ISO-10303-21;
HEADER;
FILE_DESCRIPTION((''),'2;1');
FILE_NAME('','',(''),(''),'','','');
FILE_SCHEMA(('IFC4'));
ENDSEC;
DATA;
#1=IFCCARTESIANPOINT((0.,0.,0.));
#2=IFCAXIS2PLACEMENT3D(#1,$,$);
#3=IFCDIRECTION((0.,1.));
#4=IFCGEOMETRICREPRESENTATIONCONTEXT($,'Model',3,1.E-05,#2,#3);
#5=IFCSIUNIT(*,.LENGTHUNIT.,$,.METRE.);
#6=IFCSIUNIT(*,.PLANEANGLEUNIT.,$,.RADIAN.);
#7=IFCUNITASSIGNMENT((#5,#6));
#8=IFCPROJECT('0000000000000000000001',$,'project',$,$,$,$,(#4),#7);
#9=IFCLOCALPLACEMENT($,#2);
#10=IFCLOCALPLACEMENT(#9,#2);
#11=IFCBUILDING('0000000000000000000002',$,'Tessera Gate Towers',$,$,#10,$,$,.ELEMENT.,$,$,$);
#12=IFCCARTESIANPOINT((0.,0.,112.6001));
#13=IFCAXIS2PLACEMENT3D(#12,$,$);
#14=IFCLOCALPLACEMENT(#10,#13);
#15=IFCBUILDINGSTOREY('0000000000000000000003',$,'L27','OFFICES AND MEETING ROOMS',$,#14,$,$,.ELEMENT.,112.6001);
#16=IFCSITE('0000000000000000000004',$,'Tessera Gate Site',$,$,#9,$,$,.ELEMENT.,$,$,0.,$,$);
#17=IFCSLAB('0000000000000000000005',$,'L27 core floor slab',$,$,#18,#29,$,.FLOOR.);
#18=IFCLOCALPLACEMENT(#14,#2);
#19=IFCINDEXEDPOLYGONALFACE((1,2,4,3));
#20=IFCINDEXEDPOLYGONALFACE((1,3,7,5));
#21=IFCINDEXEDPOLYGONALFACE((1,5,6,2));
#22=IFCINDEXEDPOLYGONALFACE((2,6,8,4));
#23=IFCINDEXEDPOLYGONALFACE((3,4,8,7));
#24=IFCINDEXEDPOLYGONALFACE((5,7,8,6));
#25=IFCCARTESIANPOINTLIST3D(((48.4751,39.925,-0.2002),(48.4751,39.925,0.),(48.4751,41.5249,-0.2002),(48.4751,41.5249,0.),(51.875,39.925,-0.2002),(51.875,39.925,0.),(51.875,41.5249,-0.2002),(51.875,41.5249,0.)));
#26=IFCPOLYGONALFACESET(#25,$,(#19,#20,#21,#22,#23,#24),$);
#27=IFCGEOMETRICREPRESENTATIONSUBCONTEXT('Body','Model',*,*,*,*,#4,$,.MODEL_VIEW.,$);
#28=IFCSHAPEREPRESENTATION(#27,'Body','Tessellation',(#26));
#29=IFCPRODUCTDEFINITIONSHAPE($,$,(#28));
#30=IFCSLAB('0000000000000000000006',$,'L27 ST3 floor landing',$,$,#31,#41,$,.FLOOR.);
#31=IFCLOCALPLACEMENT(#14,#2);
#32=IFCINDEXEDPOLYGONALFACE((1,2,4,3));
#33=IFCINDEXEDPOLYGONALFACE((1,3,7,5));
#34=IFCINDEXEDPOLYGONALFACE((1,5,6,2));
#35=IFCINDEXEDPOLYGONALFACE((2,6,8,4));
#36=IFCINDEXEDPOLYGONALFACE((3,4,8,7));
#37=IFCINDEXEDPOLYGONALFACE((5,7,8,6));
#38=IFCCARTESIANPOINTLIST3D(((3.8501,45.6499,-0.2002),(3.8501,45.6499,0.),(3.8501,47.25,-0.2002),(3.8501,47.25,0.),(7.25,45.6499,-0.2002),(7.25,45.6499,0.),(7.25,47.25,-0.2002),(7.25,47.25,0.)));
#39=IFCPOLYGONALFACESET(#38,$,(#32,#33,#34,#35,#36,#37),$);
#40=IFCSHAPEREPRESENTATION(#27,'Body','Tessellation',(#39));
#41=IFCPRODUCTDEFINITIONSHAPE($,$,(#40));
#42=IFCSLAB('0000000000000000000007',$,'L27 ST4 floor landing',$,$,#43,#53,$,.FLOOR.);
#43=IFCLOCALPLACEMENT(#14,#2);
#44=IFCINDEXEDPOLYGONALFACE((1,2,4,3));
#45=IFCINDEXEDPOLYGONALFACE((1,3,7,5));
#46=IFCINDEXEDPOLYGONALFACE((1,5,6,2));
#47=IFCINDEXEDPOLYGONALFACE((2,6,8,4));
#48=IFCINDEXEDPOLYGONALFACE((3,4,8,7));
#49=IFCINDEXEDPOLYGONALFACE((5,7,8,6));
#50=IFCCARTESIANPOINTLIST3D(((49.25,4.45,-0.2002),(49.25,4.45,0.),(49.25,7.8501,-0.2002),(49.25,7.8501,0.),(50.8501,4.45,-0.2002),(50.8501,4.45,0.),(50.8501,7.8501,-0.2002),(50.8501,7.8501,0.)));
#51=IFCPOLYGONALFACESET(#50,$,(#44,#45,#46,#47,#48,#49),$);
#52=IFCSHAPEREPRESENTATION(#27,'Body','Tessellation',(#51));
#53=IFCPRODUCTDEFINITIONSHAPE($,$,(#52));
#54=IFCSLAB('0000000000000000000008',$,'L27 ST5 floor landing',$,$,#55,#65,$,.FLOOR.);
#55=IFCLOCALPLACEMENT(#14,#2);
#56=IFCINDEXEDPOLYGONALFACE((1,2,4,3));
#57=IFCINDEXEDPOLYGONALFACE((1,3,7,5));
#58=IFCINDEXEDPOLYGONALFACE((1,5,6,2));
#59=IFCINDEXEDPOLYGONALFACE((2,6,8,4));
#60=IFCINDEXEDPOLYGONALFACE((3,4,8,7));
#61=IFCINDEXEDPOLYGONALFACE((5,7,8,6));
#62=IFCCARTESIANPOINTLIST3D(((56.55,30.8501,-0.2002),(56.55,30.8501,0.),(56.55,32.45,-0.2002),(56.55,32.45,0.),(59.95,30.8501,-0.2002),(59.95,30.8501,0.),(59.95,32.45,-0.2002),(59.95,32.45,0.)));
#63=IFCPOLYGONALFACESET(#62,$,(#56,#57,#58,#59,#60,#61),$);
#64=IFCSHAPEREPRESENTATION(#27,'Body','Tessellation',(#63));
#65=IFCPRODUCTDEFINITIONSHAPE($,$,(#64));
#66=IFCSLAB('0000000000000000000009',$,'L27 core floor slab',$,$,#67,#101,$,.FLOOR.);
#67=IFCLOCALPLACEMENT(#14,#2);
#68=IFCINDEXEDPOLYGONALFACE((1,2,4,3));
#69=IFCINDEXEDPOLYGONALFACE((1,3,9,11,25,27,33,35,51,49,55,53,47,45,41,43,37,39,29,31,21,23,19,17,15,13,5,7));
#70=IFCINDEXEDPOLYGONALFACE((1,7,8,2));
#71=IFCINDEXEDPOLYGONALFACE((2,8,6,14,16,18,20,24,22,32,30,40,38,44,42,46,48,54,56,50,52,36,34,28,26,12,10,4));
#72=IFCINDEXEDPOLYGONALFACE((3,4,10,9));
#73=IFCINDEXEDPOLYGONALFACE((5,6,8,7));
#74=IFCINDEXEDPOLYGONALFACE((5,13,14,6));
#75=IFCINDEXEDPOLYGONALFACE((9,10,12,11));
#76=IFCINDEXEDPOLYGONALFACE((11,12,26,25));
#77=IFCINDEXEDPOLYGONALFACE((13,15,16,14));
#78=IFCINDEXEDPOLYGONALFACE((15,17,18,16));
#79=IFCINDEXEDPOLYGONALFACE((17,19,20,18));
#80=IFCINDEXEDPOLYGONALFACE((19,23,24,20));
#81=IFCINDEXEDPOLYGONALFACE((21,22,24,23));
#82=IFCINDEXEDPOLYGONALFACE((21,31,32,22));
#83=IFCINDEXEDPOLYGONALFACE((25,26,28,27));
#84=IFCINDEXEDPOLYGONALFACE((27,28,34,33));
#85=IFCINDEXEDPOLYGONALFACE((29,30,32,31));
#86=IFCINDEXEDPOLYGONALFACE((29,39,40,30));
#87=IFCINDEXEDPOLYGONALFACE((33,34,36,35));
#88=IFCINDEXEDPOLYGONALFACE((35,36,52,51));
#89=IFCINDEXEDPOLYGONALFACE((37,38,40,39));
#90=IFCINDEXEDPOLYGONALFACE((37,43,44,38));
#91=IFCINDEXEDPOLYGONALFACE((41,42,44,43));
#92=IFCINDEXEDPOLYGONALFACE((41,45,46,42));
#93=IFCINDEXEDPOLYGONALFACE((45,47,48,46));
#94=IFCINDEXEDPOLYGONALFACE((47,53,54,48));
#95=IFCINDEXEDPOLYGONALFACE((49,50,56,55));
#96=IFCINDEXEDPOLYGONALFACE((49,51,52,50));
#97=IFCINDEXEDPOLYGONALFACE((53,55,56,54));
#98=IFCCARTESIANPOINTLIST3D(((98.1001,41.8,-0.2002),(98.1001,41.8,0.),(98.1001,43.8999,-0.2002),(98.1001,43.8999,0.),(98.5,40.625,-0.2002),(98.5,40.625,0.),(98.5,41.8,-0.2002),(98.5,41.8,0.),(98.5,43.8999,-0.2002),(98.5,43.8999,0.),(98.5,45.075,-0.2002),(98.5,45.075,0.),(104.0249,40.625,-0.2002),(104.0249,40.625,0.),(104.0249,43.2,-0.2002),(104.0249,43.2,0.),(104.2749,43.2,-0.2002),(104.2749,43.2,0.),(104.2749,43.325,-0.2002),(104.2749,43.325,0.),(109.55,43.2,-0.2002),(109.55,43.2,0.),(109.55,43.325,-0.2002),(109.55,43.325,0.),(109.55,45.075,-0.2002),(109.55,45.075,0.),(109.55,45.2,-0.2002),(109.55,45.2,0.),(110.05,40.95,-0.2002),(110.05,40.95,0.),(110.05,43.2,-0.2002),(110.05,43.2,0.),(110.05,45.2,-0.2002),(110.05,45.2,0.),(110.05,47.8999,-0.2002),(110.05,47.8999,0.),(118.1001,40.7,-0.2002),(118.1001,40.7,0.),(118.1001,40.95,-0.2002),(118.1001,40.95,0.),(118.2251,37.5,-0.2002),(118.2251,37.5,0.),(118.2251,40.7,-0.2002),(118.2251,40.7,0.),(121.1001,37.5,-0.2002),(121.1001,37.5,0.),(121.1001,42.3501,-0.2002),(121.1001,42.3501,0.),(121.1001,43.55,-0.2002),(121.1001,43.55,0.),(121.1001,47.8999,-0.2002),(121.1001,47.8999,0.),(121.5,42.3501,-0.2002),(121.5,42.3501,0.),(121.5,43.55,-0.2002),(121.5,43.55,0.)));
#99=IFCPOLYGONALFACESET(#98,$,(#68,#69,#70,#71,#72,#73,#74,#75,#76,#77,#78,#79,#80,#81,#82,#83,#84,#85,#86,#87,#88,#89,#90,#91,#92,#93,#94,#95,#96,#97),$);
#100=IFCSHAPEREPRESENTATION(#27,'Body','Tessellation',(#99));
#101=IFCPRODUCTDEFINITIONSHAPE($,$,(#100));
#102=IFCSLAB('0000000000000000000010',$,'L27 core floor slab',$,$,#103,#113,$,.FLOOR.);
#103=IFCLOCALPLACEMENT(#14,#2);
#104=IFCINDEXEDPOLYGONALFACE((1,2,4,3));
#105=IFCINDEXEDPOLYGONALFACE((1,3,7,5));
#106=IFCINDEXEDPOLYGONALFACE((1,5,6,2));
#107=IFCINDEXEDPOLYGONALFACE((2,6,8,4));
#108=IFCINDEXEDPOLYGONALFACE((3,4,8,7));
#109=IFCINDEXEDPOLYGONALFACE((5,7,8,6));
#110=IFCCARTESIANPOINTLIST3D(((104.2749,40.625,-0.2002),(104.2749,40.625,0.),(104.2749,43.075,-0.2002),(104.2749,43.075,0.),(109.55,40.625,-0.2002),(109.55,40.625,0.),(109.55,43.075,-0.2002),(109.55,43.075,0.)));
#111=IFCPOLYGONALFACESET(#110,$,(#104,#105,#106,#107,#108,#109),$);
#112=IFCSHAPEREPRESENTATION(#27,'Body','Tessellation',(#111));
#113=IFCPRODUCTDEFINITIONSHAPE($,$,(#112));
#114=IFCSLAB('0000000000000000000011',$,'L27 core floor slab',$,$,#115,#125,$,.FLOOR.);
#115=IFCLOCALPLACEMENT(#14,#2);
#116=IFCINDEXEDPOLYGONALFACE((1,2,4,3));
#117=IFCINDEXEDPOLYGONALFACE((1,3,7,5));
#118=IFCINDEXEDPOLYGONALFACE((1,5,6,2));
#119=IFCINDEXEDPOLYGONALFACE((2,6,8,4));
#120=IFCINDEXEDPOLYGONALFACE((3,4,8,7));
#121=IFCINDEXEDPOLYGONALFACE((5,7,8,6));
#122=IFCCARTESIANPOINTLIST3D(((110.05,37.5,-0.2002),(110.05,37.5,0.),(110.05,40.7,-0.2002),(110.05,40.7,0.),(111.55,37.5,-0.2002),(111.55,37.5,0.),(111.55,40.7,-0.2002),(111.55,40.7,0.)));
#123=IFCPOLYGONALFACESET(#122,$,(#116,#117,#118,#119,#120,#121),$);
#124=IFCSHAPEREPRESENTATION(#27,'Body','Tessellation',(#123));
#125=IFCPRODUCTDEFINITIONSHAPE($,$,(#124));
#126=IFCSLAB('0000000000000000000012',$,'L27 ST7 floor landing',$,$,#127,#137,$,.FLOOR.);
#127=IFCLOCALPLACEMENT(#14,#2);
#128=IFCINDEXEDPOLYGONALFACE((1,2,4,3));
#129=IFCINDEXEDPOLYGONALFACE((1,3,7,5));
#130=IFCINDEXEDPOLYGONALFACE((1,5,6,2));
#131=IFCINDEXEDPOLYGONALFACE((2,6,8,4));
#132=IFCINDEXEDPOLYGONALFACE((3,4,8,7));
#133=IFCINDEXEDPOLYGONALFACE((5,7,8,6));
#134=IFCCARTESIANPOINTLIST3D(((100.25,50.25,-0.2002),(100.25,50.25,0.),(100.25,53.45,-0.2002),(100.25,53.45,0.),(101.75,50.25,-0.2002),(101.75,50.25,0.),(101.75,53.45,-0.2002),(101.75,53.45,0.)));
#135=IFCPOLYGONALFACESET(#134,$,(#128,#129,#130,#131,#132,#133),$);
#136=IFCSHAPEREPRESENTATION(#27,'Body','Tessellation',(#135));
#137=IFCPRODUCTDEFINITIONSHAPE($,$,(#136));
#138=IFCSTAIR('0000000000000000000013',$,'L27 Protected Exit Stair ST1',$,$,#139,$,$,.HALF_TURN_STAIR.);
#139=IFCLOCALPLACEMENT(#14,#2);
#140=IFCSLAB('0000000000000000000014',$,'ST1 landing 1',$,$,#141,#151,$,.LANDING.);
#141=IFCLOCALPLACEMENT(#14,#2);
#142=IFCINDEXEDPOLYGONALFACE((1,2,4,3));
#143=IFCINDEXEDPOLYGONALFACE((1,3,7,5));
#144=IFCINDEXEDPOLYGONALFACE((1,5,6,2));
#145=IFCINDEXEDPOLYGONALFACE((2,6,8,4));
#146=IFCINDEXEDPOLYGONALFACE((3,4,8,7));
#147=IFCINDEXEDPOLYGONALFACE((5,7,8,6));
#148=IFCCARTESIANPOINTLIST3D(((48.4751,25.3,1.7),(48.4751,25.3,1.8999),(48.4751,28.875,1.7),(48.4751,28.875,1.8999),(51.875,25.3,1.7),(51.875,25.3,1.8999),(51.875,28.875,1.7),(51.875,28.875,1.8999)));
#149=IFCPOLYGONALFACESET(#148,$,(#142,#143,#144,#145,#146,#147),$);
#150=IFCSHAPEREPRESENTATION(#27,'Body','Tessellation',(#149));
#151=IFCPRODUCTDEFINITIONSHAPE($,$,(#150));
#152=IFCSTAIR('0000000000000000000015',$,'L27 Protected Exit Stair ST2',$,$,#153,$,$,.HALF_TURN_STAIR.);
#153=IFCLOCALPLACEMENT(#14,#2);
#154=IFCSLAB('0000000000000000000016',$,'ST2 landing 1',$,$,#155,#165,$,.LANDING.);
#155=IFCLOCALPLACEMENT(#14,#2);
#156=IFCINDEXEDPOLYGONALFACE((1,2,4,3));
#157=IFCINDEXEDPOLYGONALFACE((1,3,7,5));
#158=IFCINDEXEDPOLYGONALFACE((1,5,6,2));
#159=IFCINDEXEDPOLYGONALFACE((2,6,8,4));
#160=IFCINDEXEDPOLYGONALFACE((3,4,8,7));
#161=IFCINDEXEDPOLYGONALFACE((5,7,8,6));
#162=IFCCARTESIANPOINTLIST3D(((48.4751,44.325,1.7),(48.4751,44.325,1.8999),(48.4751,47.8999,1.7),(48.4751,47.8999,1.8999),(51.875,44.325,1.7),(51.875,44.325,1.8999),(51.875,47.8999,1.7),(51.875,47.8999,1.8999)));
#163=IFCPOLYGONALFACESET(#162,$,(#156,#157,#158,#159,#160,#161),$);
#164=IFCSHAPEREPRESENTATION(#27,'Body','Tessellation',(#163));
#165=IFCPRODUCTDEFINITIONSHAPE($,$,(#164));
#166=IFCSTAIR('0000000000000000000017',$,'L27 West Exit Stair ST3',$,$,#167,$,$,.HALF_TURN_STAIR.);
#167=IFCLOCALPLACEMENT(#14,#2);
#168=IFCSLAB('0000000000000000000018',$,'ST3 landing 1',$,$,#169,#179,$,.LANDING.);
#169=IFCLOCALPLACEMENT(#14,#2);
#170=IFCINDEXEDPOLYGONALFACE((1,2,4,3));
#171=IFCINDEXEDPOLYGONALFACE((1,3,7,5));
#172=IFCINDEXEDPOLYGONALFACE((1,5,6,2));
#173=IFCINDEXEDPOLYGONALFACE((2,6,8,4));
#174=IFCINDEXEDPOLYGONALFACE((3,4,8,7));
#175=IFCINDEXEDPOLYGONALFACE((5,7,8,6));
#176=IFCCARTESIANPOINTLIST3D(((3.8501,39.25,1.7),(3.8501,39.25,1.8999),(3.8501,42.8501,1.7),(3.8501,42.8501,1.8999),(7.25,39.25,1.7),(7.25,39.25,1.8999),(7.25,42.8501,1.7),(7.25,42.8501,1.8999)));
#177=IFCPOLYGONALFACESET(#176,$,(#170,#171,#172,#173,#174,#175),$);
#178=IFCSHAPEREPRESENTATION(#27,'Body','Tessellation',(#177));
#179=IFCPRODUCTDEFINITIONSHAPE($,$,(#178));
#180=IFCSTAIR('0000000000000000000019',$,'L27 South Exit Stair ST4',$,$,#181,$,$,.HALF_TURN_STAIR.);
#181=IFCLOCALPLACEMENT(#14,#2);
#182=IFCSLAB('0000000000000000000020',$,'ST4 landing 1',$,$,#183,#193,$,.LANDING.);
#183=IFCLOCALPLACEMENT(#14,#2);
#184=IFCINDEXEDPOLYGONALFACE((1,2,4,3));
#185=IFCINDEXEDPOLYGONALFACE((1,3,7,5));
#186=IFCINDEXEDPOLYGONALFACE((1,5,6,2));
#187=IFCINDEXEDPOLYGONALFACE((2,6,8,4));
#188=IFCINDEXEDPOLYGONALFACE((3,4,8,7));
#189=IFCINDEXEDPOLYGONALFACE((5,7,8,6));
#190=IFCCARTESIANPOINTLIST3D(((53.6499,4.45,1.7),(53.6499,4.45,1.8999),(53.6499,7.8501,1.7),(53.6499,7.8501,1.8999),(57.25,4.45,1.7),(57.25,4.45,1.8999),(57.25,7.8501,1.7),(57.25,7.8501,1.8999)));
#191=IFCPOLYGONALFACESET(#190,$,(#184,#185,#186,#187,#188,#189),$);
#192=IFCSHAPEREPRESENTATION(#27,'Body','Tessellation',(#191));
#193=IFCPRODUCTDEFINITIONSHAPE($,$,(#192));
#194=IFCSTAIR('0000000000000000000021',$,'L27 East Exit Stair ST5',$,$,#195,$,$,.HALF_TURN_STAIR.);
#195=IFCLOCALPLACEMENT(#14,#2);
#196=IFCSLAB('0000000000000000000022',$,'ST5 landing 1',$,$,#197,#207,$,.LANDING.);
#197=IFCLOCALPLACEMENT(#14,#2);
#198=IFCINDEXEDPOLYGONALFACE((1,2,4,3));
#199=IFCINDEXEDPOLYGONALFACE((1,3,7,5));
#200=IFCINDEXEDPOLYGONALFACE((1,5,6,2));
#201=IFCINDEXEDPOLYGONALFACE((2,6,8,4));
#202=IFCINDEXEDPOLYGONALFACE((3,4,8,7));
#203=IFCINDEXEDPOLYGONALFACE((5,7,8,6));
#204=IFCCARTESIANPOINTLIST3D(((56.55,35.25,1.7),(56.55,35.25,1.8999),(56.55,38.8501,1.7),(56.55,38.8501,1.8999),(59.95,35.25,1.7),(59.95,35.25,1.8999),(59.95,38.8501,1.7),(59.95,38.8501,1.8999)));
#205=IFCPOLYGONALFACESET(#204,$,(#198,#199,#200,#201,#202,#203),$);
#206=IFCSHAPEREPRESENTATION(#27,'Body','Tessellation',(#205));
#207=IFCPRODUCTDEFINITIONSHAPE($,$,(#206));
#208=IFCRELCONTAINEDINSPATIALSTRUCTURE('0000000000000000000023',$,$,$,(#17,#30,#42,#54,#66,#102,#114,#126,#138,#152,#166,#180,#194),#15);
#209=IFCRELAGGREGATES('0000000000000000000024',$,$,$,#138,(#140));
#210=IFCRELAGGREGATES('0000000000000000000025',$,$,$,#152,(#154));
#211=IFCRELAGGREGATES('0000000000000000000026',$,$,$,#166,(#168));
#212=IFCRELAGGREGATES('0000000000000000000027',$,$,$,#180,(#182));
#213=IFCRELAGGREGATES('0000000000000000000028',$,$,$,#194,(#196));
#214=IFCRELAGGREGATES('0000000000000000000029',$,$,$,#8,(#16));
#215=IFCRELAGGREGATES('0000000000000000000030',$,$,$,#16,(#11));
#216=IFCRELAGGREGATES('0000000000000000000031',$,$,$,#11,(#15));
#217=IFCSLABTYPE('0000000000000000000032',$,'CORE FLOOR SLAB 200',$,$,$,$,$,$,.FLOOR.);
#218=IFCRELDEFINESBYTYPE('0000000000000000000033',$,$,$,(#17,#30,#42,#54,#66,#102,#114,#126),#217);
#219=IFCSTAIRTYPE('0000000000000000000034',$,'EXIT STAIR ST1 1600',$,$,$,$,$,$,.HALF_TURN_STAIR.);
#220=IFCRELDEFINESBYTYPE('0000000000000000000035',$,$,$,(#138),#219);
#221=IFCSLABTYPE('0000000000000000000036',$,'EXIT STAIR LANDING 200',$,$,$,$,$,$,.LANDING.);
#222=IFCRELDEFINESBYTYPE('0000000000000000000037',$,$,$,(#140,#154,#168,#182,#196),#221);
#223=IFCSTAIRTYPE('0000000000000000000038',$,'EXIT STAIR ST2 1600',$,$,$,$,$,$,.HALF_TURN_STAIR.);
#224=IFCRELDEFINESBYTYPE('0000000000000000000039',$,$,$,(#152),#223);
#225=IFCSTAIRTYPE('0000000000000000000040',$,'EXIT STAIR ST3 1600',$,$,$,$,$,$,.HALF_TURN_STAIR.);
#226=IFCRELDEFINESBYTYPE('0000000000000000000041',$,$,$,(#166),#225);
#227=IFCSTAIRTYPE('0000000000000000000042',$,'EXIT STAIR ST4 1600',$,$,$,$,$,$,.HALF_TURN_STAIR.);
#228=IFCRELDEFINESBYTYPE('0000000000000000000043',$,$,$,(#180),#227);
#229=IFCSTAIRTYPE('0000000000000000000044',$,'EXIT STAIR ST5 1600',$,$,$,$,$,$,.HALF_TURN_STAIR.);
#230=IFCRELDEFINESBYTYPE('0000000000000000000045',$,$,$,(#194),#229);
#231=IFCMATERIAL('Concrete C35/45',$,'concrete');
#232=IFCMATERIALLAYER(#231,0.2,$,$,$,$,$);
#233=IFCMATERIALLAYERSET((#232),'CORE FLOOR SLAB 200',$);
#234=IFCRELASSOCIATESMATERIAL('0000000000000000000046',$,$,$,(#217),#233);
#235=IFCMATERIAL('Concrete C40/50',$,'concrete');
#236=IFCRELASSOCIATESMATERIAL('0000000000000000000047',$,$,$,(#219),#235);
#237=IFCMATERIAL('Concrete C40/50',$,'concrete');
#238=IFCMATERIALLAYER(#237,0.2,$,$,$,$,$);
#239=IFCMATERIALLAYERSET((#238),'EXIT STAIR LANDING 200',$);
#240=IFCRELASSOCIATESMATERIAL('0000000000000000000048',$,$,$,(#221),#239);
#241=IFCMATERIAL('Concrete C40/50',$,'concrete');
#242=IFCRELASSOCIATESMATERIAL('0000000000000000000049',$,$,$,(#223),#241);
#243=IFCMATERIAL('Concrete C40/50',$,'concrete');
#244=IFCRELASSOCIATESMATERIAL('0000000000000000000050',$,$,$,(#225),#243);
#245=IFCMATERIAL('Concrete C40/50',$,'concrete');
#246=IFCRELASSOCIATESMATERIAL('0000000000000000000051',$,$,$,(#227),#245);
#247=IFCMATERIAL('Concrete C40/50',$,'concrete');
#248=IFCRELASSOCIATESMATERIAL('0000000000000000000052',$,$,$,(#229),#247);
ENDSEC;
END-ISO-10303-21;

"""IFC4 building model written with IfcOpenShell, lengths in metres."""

from ifc_helpers import new_model, si_unit, direction, frame, origin, place, context, subcontext, project, spatial, polyline, outline, extrude, material, layer, layer_set, type_object, element, aggregate, save


model = new_model("IFC4")

# Units and contexts
model_context = context("Model", 3, precision=1e-05, world=origin(), true_north=direction((0.0, 1.0)))
body_context = subcontext(model_context, "Body", "Model", "MODEL_VIEW")
ifc_project = project(units=[si_unit("LENGTHUNIT", "METRE"), si_unit("PLANEANGLEUNIT", "RADIAN")], contexts=[model_context])

# Site, building, storey
site_placement = place(None, origin())
site = spatial("IfcSite", under=ifc_project, at=site_placement, Name="Tessera Gate Site", CompositionType="ELEMENT", RefElevation=0.0)
building_placement = place(site_placement, origin())
building = spatial("IfcBuilding", under=site, at=building_placement, Name="Tessera Gate Towers", CompositionType="ELEMENT")
storey_placement = place(building_placement, frame((0.0, 0.0, 112.6001)))
storey = spatial("IfcBuildingStorey", under=building, at=storey_placement, Name="L27", Description="OFFICES AND MEETING ROOMS", CompositionType="ELEMENT", Elevation=112.6001)

# Slabs
ifc_material_1 = material(Name="Concrete C35/45", Category="concrete")
ifc_layer_1 = layer(ifc_material_1, 0.2)
ifc_layer_set_1 = layer_set([ifc_layer_1], Name="CORE FLOOR SLAB 200")
slab_type_1 = type_object("IfcSlabType", Name="CORE FLOOR SLAB 200", PredefinedType="FLOOR", material=ifc_layer_set_1)
slab_1_placement = place(storey_placement, frame((0.0, 0.0, -0.2002)))
element("IfcSlab", 1, at=slab_1_placement, inside=storey, type_object=slab_type_1, Name="L27 core floor slab", PredefinedType="FLOOR", context=body_context, shape_type="SweptSolid", body=[
    extrude(outline(polyline([(48.4751, 41.5249), (48.4751, 39.925), (51.875, 39.925), (51.875, 41.5249), (48.4751, 41.5249)])), origin(), (0.0, 0.0, 1.0), 0.2002),
])
slab_2_placement = place(storey_placement, frame((0.0, 0.0, -0.2002)))
element("IfcSlab", 2, at=slab_2_placement, inside=storey, type_object=slab_type_1, Name="L27 ST3 floor landing", PredefinedType="FLOOR", context=body_context, shape_type="SweptSolid", body=[
    extrude(outline(polyline([(3.8501, 47.25), (3.8501, 45.6499), (7.25, 45.6499), (7.25, 47.25), (3.8501, 47.25)])), origin(), (0.0, 0.0, 1.0), 0.2002),
])
slab_3_placement = place(storey_placement, frame((0.0, 0.0, -0.2002)))
element("IfcSlab", 3, at=slab_3_placement, inside=storey, type_object=slab_type_1, Name="L27 ST4 floor landing", PredefinedType="FLOOR", context=body_context, shape_type="SweptSolid", body=[
    extrude(outline(polyline([(49.25, 4.45), (50.8501, 4.45), (50.8501, 7.8501), (49.25, 7.8501), (49.25, 4.45)])), origin(), (0.0, 0.0, 1.0), 0.2002),
])
slab_4_placement = place(storey_placement, frame((0.0, 0.0, -0.2002)))
element("IfcSlab", 4, at=slab_4_placement, inside=storey, type_object=slab_type_1, Name="L27 ST5 floor landing", PredefinedType="FLOOR", context=body_context, shape_type="SweptSolid", body=[
    extrude(outline(polyline([(59.95, 30.8501), (59.95, 32.45), (56.55, 32.45), (56.55, 30.8501), (59.95, 30.8501)])), origin(), (0.0, 0.0, 1.0), 0.2002),
])
slab_5_placement = place(storey_placement, frame((0.0, 0.0, -0.2002)))
element("IfcSlab", 5, at=slab_5_placement, inside=storey, type_object=slab_type_1, Name="L27 core floor slab", PredefinedType="FLOOR", context=body_context, shape_type="SweptSolid", body=[
    extrude(outline(polyline([(109.55, 45.2), (109.55, 45.075), (98.5, 45.075), (98.5, 43.8999), (98.1001, 43.8999), (98.1001, 41.8), (98.5, 41.8), (98.5, 40.625), (104.0249, 40.625), (104.0249, 43.2), (104.2749, 43.2), (104.2749, 43.325), (109.55, 43.325), (109.55, 43.2), (110.05, 43.2), (110.05, 40.95), (118.1001, 40.95), (118.1001, 40.7), (118.2251, 40.7), (118.2251, 37.5), (121.1001, 37.5), (121.1001, 42.3501), (121.5, 42.3501), (121.5, 43.55), (121.1001, 43.55), (121.1001, 47.8999), (110.05, 47.8999), (110.05, 45.2), (109.55, 45.2)])), origin(), (0.0, 0.0, 1.0), 0.2002),
])
slab_6_placement = place(storey_placement, frame((0.0, 0.0, -0.2002)))
element("IfcSlab", 6, at=slab_6_placement, inside=storey, type_object=slab_type_1, Name="L27 core floor slab", PredefinedType="FLOOR", context=body_context, shape_type="SweptSolid", body=[
    extrude(outline(polyline([(109.55, 43.075), (104.2749, 43.075), (104.2749, 40.625), (109.55, 40.625), (109.55, 43.075)])), origin(), (0.0, 0.0, 1.0), 0.2002),
])
slab_7_placement = place(storey_placement, frame((0.0, 0.0, -0.2002)))
element("IfcSlab", 7, at=slab_7_placement, inside=storey, type_object=slab_type_1, Name="L27 core floor slab", PredefinedType="FLOOR", context=body_context, shape_type="SweptSolid", body=[
    extrude(outline(polyline([(111.55, 37.5), (111.55, 40.7), (110.05, 40.7), (110.05, 37.5), (111.55, 37.5)])), origin(), (0.0, 0.0, 1.0), 0.2002),
])
slab_8_placement = place(storey_placement, frame((0.0, 0.0, -0.2002)))
element("IfcSlab", 8, at=slab_8_placement, inside=storey, type_object=slab_type_1, Name="L27 ST7 floor landing", PredefinedType="FLOOR", context=body_context, shape_type="SweptSolid", body=[
    extrude(outline(polyline([(100.25, 50.25), (101.75, 50.25), (101.75, 53.45), (100.25, 53.45), (100.25, 50.25)])), origin(), (0.0, 0.0, 1.0), 0.2002),
])

# Stairs, slabs
ifc_material_2 = material(Name="Concrete C40/50", Category="concrete")
stair_type_1 = type_object("IfcStairType", Name="EXIT STAIR ST1 1600", PredefinedType="HALF_TURN_STAIR", material=ifc_material_2)
stair_1_placement = place(storey_placement, origin())
stair_1 = element("IfcStair", 9, at=stair_1_placement, inside=storey, type_object=stair_type_1, Name="L27 Protected Exit Stair ST1", PredefinedType="HALF_TURN_STAIR")
ifc_material_3 = material(Name="Concrete C40/50", Category="concrete")
ifc_layer_2 = layer(ifc_material_3, 0.2)
ifc_layer_set_2 = layer_set([ifc_layer_2], Name="EXIT STAIR LANDING 200")
slab_type_2 = type_object("IfcSlabType", Name="EXIT STAIR LANDING 200", PredefinedType="LANDING", material=ifc_layer_set_2)
slab_9_placement = place(storey_placement, frame((0.0, 0.0, 1.7)))
slab_9 = element("IfcSlab", 10, at=slab_9_placement, type_object=slab_type_2, Name="ST1 landing 1", PredefinedType="LANDING", context=body_context, shape_type="SweptSolid", body=[
    extrude(outline(polyline([(48.4751, 28.875), (48.4751, 25.3), (51.875, 25.3), (51.875, 28.875), (48.4751, 28.875)])), origin(), (0.0, 0.0, 1.0), 0.2),
])
aggregate(stair_1, [slab_9])
ifc_material_4 = material(Name="Concrete C40/50", Category="concrete")
stair_type_2 = type_object("IfcStairType", Name="EXIT STAIR ST2 1600", PredefinedType="HALF_TURN_STAIR", material=ifc_material_4)
stair_2_placement = place(storey_placement, origin())
stair_2 = element("IfcStair", 11, at=stair_2_placement, inside=storey, type_object=stair_type_2, Name="L27 Protected Exit Stair ST2", PredefinedType="HALF_TURN_STAIR")
slab_10_placement = place(storey_placement, frame((0.0, 0.0, 1.7)))
slab_10 = element("IfcSlab", 12, at=slab_10_placement, type_object=slab_type_2, Name="ST2 landing 1", PredefinedType="LANDING", context=body_context, shape_type="SweptSolid", body=[
    extrude(outline(polyline([(51.875, 44.325), (51.875, 47.8999), (48.4751, 47.8999), (48.4751, 44.325), (51.875, 44.325)])), origin(), (0.0, 0.0, 1.0), 0.2),
])
aggregate(stair_2, [slab_10])
ifc_material_5 = material(Name="Concrete C40/50", Category="concrete")
stair_type_3 = type_object("IfcStairType", Name="EXIT STAIR ST3 1600", PredefinedType="HALF_TURN_STAIR", material=ifc_material_5)
stair_3_placement = place(storey_placement, origin())
stair_3 = element("IfcStair", 13, at=stair_3_placement, inside=storey, type_object=stair_type_3, Name="L27 West Exit Stair ST3", PredefinedType="HALF_TURN_STAIR")
slab_11_placement = place(storey_placement, frame((0.0, 0.0, 1.7)))
slab_11 = element("IfcSlab", 14, at=slab_11_placement, type_object=slab_type_2, Name="ST3 landing 1", PredefinedType="LANDING", context=body_context, shape_type="SweptSolid", body=[
    extrude(outline(polyline([(3.8501, 42.8501), (3.8501, 39.25), (7.25, 39.25), (7.25, 42.8501), (3.8501, 42.8501)])), origin(), (0.0, 0.0, 1.0), 0.2),
])
aggregate(stair_3, [slab_11])
ifc_material_6 = material(Name="Concrete C40/50", Category="concrete")
stair_type_4 = type_object("IfcStairType", Name="EXIT STAIR ST4 1600", PredefinedType="HALF_TURN_STAIR", material=ifc_material_6)
stair_4_placement = place(storey_placement, origin())
stair_4 = element("IfcStair", 15, at=stair_4_placement, inside=storey, type_object=stair_type_4, Name="L27 South Exit Stair ST4", PredefinedType="HALF_TURN_STAIR")
slab_12_placement = place(storey_placement, frame((0.0, 0.0, 1.7)))
slab_12 = element("IfcSlab", 16, at=slab_12_placement, type_object=slab_type_2, Name="ST4 landing 1", PredefinedType="LANDING", context=body_context, shape_type="SweptSolid", body=[
    extrude(outline(polyline([(53.6499, 4.45), (57.25, 4.45), (57.25, 7.8501), (53.6499, 7.8501), (53.6499, 4.45)])), origin(), (0.0, 0.0, 1.0), 0.2),
])
aggregate(stair_4, [slab_12])
ifc_material_7 = material(Name="Concrete C40/50", Category="concrete")
stair_type_5 = type_object("IfcStairType", Name="EXIT STAIR ST5 1600", PredefinedType="HALF_TURN_STAIR", material=ifc_material_7)
stair_5_placement = place(storey_placement, origin())
stair_5 = element("IfcStair", 17, at=stair_5_placement, inside=storey, type_object=stair_type_5, Name="L27 East Exit Stair ST5", PredefinedType="HALF_TURN_STAIR")
slab_13_placement = place(storey_placement, frame((0.0, 0.0, 1.7)))
slab_13 = element("IfcSlab", 18, at=slab_13_placement, type_object=slab_type_2, Name="ST5 landing 1", PredefinedType="LANDING", context=body_context, shape_type="SweptSolid", body=[
    extrude(outline(polyline([(59.95, 35.25), (59.95, 38.8501), (56.55, 38.8501), (56.55, 35.25), (59.95, 35.25)])), origin(), (0.0, 0.0, 1.0), 0.2),
])
aggregate(stair_5, [slab_13])

save(model, "model.ifc")
